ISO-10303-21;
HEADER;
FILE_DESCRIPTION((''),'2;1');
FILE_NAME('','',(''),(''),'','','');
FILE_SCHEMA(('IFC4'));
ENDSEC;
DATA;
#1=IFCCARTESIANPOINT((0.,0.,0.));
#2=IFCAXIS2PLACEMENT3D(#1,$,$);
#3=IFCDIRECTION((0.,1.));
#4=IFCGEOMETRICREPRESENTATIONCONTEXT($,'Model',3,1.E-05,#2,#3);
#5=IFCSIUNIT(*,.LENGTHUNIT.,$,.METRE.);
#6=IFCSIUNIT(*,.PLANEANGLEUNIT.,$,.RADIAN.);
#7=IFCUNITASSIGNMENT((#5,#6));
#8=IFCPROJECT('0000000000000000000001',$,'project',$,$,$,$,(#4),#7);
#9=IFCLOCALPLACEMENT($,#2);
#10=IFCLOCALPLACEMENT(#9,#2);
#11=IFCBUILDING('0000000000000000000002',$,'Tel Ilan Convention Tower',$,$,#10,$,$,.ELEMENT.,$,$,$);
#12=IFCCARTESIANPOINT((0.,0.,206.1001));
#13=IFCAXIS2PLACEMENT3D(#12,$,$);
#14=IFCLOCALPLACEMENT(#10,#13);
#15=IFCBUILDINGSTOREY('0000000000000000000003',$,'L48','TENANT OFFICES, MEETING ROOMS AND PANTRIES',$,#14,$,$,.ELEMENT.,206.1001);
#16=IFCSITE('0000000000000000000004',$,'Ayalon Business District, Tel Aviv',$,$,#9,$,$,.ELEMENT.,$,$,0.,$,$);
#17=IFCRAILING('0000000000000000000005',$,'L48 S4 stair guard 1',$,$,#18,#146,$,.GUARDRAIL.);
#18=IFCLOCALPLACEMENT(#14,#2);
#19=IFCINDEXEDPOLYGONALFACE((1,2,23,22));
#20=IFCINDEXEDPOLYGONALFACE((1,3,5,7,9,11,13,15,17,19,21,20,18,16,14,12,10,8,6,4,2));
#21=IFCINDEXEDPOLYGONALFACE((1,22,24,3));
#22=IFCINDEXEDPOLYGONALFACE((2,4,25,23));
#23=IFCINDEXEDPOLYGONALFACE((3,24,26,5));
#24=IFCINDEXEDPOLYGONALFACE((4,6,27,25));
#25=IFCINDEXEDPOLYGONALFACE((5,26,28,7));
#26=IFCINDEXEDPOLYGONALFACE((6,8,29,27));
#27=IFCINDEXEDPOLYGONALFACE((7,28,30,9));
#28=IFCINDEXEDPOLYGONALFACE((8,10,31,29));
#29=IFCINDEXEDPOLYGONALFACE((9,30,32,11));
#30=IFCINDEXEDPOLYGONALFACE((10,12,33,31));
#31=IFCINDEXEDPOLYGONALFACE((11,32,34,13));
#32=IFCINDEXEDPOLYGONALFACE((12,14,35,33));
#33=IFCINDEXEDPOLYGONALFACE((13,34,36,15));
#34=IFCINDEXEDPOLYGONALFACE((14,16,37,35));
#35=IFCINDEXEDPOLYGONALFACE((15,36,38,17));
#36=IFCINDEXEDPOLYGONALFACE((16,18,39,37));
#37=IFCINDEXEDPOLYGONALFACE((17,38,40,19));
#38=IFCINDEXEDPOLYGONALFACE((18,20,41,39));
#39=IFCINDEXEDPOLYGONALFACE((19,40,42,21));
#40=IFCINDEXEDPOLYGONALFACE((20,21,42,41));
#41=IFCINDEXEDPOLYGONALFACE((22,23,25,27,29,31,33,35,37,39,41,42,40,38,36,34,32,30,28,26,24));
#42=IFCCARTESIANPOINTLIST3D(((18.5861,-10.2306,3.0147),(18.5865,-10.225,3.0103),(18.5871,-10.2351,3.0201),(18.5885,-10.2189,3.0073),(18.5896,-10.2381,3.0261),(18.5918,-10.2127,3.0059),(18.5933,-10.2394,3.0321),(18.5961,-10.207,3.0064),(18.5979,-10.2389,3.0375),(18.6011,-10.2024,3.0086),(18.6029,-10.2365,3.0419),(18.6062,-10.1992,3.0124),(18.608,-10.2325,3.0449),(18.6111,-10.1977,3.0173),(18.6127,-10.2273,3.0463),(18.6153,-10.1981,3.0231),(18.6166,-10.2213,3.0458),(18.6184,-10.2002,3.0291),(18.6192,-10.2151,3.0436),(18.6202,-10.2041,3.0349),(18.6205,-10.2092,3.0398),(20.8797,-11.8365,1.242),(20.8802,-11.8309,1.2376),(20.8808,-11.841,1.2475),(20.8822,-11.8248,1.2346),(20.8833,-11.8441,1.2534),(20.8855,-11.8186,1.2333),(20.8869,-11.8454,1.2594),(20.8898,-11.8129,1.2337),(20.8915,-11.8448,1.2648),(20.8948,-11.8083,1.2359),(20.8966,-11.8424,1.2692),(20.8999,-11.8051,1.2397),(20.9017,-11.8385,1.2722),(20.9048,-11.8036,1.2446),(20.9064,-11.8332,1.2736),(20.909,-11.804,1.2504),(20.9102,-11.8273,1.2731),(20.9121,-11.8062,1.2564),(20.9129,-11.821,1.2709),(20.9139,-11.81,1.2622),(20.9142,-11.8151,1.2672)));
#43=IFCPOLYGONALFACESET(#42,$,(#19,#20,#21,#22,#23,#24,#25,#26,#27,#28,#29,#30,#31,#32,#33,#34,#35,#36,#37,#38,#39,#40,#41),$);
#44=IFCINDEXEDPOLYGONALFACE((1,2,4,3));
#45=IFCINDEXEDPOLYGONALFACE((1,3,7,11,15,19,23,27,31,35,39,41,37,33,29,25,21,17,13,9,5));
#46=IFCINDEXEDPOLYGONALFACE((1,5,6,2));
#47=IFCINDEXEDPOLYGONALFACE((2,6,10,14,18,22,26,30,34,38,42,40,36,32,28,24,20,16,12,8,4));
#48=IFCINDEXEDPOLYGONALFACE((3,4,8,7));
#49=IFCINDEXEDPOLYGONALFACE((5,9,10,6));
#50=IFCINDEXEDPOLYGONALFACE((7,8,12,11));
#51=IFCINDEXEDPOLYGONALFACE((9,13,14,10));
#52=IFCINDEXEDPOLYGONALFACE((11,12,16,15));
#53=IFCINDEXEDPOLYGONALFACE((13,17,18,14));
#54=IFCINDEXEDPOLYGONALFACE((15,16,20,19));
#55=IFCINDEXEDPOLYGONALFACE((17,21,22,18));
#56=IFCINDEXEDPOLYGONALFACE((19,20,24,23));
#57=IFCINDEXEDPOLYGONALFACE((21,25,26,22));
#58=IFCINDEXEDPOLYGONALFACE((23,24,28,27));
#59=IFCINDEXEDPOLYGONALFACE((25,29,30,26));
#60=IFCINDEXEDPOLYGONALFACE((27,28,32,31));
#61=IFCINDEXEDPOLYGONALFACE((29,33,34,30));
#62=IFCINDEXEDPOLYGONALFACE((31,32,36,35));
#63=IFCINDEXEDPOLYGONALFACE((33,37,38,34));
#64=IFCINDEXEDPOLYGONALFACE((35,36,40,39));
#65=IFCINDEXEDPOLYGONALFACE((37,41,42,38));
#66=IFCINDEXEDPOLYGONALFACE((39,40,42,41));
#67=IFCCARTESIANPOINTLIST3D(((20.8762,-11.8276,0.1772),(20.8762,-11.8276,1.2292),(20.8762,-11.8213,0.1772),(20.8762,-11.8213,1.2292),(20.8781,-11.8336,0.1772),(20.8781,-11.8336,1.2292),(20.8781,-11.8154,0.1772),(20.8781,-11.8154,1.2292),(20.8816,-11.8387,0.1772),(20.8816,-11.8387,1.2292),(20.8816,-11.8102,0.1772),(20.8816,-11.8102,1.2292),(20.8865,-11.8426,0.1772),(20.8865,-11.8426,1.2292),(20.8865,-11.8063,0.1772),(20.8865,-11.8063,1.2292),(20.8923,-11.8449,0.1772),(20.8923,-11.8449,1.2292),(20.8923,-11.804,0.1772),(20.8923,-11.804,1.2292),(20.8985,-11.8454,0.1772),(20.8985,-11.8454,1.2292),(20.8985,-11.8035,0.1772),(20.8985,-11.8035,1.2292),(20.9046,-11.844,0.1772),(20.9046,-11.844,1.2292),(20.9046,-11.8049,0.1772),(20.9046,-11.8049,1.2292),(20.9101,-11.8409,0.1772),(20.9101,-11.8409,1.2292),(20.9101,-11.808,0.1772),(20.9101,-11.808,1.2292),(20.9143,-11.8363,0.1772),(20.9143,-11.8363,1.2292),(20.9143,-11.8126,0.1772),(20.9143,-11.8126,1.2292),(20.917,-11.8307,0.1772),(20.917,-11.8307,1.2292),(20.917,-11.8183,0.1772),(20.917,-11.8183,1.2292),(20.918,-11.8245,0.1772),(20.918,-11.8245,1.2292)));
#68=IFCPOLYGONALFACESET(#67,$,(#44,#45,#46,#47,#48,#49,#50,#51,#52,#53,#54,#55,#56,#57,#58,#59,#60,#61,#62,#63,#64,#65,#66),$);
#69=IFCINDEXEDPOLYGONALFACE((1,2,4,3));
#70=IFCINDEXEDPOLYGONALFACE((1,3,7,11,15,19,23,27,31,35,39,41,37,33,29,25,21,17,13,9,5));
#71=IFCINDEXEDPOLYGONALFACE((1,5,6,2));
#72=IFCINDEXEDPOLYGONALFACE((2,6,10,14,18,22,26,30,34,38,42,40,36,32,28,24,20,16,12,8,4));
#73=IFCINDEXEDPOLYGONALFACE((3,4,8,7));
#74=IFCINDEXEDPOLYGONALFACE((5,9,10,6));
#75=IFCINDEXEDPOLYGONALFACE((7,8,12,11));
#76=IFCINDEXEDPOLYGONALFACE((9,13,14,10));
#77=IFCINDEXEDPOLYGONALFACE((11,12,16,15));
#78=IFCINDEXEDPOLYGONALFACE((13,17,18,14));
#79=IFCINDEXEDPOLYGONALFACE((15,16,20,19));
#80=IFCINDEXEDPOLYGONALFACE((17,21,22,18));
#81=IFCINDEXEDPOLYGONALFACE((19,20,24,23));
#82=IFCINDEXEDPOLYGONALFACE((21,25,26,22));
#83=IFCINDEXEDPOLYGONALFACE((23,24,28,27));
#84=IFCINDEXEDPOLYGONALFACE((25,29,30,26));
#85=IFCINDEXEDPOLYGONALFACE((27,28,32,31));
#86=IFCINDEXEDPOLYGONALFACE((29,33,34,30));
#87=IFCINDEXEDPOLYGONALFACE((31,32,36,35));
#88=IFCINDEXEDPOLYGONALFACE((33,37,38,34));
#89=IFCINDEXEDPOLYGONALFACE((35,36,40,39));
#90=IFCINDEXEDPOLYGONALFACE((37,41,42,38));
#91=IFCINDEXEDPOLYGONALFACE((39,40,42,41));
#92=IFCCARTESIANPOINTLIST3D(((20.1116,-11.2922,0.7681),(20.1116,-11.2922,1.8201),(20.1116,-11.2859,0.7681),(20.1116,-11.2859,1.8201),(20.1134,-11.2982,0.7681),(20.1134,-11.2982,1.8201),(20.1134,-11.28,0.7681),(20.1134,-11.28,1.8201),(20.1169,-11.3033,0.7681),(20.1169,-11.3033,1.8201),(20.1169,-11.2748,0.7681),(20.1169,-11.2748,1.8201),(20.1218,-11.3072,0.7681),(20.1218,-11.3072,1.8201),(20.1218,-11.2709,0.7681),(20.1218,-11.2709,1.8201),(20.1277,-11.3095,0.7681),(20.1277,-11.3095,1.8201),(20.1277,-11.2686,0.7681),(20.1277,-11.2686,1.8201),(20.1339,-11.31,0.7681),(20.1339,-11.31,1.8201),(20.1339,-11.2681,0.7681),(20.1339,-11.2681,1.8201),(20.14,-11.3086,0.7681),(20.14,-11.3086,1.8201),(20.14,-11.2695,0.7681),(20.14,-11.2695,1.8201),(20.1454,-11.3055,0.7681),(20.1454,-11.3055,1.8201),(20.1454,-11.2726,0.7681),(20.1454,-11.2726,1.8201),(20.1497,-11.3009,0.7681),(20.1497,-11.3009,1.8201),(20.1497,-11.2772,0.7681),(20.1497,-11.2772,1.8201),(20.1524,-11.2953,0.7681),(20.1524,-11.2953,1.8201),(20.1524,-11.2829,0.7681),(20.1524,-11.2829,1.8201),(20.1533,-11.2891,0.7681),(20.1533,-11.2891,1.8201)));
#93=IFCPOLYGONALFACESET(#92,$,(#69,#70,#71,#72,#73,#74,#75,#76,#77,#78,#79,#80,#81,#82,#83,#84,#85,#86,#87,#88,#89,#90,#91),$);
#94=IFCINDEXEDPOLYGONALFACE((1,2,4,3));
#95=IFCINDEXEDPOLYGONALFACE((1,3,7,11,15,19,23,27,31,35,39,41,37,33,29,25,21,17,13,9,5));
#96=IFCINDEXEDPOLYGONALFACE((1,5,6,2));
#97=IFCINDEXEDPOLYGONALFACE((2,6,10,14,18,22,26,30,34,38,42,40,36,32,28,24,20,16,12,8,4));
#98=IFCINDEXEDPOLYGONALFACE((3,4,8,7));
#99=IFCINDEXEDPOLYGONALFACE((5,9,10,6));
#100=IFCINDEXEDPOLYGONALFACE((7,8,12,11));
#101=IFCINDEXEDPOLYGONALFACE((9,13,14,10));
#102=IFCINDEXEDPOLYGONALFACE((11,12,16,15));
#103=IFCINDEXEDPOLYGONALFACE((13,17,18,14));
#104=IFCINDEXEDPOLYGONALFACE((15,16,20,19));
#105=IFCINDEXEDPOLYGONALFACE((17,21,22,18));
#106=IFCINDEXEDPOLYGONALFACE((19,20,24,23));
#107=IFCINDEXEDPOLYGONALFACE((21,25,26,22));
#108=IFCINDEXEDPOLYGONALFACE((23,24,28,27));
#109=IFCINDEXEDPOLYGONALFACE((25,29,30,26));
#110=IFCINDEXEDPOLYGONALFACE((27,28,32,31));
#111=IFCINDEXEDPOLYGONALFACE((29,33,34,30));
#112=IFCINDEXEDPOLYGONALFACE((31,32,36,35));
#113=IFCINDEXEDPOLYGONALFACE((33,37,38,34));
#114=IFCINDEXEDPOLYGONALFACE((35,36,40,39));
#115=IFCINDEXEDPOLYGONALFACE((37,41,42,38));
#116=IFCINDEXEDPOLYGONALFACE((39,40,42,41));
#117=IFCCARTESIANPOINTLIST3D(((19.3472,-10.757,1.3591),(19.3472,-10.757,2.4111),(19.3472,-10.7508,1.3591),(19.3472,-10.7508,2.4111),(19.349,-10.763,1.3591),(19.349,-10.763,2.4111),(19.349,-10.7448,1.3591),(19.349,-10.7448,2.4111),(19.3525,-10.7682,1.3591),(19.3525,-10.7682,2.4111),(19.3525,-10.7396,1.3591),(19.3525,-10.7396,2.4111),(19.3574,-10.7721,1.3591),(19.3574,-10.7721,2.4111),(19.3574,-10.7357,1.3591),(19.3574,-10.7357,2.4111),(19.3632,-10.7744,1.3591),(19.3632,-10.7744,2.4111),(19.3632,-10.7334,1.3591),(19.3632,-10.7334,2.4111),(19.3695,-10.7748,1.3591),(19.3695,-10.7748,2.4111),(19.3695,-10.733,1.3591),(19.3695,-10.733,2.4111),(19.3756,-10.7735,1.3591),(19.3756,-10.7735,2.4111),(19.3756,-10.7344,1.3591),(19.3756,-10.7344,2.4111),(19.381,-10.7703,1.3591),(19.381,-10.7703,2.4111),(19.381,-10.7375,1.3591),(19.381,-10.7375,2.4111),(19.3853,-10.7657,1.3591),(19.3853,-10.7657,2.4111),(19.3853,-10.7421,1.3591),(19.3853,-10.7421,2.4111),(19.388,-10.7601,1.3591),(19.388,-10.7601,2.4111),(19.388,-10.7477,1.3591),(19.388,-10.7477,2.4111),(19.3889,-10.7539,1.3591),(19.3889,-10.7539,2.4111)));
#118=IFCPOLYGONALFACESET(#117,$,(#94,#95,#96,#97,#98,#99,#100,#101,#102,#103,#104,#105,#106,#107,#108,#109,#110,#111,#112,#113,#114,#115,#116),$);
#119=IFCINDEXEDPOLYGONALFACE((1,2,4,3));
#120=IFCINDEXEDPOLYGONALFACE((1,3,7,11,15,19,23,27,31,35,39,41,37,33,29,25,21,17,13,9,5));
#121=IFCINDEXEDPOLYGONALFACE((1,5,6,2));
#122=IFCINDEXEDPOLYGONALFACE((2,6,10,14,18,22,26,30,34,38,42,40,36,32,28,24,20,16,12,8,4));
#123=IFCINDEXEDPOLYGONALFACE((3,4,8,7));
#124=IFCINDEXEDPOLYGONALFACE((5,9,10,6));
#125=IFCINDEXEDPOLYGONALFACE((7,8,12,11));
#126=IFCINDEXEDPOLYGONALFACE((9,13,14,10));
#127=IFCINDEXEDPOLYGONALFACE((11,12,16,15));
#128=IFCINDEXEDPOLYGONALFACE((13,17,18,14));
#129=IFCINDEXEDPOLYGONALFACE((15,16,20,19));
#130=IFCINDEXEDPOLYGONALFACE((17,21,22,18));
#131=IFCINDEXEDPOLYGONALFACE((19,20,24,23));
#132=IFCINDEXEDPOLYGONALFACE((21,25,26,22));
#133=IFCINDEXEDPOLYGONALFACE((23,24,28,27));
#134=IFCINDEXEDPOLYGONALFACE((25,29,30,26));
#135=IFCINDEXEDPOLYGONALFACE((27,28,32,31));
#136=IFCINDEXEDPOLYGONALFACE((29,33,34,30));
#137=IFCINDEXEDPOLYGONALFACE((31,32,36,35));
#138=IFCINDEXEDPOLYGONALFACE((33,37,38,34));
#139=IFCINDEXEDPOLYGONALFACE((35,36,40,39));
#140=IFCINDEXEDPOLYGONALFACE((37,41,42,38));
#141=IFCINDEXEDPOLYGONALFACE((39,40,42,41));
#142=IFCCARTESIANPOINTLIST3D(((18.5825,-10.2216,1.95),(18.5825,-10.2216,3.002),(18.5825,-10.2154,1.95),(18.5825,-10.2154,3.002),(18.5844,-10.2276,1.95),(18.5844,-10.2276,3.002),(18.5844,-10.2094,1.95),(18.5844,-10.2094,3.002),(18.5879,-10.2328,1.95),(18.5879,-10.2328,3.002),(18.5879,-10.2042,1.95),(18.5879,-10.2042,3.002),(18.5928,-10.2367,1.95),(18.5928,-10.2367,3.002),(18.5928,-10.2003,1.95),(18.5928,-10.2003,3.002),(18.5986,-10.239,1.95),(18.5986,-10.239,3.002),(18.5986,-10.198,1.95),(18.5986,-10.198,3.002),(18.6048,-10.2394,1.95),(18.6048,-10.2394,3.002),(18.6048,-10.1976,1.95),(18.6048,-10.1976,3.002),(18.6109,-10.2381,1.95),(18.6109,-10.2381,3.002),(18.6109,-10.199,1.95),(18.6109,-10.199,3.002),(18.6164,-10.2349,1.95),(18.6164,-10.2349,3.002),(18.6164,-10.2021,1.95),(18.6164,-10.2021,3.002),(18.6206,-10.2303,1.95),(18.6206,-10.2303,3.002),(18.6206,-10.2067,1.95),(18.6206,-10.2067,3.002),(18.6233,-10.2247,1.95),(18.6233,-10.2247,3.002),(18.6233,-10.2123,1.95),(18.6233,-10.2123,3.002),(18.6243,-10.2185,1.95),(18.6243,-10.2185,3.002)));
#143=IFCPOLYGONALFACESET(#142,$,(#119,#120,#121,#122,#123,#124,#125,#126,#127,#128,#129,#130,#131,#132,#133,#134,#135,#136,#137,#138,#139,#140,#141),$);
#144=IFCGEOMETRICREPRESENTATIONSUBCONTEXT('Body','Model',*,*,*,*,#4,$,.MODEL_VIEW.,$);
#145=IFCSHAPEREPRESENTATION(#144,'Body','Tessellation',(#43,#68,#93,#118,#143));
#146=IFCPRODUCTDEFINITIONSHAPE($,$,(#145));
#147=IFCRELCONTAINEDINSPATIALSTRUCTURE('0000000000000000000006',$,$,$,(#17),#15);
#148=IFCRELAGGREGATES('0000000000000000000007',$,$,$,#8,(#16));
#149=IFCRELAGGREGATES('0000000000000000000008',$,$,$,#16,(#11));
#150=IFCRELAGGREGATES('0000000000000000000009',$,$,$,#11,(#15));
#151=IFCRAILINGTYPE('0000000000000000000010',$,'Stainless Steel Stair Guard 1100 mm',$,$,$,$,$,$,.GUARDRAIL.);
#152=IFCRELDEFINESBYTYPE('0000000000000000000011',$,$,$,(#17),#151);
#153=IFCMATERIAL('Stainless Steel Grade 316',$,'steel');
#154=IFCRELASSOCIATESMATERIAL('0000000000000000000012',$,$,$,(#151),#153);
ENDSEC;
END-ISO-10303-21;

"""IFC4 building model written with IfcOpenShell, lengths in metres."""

from ifc_helpers import new_model, si_unit, direction, frame, origin, origin_2d, place, context, subcontext, project, spatial, circle, extrude, material, type_object, element, save


model = new_model("IFC4")

# Units and contexts
model_context = context("Model", 3, precision=1e-05, world=origin(), true_north=direction((0.0, 1.0)))
body_context = subcontext(model_context, "Body", "Model", "MODEL_VIEW")
ifc_project = project(units=[si_unit("LENGTHUNIT", "METRE"), si_unit("PLANEANGLEUNIT", "RADIAN")], contexts=[model_context])

# Site, building, storey
site_placement = place(None, origin())
site = spatial("IfcSite", under=ifc_project, at=site_placement, Name="Ayalon Business District, Tel Aviv", CompositionType="ELEMENT", RefElevation=0.0)
building_placement = place(site_placement, origin())
building = spatial("IfcBuilding", under=site, at=building_placement, Name="Tel Ilan Convention Tower", CompositionType="ELEMENT")
storey_placement = place(building_placement, frame((0.0, 0.0, 206.1001)))
storey = spatial("IfcBuildingStorey", under=building, at=storey_placement, Name="L48", Description="TENANT OFFICES, MEETING ROOMS AND PANTRIES", CompositionType="ELEMENT", Elevation=206.1001)

# Railing
ifc_material_1 = material(Name="Stainless Steel Grade 316", Category="steel")
railing_type_1 = type_object("IfcRailingType", Name="Stainless Steel Stair Guard 1100 mm", PredefinedType="GUARDRAIL", material=ifc_material_1)
railing_1_placement = place(storey_placement, frame((20.897, -11.8245, 0.1772)))
element("IfcRailing", 1, at=railing_1_placement, inside=storey, type_object=railing_type_1, Name="L48 S4 stair guard 1", PredefinedType="GUARDRAIL", context=body_context, shape_type="SweptSolid", body=[
    extrude(circle(Radius=0.0239, at=origin_2d()), frame((0.0, 0.0, 1.0762), z_axis=(-0.692123, 0.484597, 0.534913), x_axis=(-0.57355, -0.81917, 0.0)), (0.0, 0.0, 1.0), 3.314),
    extrude(circle(Radius=0.021, at=origin_2d()), origin(), (0.0, 0.0, 1.0), 1.052),
    extrude(circle(Radius=0.021, at=origin_2d()), frame((-0.7646, 0.5354, 0.5908)), (0.0, 0.0, 1.0), 1.052),
    extrude(circle(Radius=0.021, at=origin_2d()), frame((-1.5291, 1.0706, 1.1819)), (0.0, 0.0, 1.0), 1.052),
    extrude(circle(Radius=0.021, at=origin_2d()), frame((-2.2937, 1.606, 1.7727)), (0.0, 0.0, 1.0), 1.052),
])

save(model, "model.ifc")
